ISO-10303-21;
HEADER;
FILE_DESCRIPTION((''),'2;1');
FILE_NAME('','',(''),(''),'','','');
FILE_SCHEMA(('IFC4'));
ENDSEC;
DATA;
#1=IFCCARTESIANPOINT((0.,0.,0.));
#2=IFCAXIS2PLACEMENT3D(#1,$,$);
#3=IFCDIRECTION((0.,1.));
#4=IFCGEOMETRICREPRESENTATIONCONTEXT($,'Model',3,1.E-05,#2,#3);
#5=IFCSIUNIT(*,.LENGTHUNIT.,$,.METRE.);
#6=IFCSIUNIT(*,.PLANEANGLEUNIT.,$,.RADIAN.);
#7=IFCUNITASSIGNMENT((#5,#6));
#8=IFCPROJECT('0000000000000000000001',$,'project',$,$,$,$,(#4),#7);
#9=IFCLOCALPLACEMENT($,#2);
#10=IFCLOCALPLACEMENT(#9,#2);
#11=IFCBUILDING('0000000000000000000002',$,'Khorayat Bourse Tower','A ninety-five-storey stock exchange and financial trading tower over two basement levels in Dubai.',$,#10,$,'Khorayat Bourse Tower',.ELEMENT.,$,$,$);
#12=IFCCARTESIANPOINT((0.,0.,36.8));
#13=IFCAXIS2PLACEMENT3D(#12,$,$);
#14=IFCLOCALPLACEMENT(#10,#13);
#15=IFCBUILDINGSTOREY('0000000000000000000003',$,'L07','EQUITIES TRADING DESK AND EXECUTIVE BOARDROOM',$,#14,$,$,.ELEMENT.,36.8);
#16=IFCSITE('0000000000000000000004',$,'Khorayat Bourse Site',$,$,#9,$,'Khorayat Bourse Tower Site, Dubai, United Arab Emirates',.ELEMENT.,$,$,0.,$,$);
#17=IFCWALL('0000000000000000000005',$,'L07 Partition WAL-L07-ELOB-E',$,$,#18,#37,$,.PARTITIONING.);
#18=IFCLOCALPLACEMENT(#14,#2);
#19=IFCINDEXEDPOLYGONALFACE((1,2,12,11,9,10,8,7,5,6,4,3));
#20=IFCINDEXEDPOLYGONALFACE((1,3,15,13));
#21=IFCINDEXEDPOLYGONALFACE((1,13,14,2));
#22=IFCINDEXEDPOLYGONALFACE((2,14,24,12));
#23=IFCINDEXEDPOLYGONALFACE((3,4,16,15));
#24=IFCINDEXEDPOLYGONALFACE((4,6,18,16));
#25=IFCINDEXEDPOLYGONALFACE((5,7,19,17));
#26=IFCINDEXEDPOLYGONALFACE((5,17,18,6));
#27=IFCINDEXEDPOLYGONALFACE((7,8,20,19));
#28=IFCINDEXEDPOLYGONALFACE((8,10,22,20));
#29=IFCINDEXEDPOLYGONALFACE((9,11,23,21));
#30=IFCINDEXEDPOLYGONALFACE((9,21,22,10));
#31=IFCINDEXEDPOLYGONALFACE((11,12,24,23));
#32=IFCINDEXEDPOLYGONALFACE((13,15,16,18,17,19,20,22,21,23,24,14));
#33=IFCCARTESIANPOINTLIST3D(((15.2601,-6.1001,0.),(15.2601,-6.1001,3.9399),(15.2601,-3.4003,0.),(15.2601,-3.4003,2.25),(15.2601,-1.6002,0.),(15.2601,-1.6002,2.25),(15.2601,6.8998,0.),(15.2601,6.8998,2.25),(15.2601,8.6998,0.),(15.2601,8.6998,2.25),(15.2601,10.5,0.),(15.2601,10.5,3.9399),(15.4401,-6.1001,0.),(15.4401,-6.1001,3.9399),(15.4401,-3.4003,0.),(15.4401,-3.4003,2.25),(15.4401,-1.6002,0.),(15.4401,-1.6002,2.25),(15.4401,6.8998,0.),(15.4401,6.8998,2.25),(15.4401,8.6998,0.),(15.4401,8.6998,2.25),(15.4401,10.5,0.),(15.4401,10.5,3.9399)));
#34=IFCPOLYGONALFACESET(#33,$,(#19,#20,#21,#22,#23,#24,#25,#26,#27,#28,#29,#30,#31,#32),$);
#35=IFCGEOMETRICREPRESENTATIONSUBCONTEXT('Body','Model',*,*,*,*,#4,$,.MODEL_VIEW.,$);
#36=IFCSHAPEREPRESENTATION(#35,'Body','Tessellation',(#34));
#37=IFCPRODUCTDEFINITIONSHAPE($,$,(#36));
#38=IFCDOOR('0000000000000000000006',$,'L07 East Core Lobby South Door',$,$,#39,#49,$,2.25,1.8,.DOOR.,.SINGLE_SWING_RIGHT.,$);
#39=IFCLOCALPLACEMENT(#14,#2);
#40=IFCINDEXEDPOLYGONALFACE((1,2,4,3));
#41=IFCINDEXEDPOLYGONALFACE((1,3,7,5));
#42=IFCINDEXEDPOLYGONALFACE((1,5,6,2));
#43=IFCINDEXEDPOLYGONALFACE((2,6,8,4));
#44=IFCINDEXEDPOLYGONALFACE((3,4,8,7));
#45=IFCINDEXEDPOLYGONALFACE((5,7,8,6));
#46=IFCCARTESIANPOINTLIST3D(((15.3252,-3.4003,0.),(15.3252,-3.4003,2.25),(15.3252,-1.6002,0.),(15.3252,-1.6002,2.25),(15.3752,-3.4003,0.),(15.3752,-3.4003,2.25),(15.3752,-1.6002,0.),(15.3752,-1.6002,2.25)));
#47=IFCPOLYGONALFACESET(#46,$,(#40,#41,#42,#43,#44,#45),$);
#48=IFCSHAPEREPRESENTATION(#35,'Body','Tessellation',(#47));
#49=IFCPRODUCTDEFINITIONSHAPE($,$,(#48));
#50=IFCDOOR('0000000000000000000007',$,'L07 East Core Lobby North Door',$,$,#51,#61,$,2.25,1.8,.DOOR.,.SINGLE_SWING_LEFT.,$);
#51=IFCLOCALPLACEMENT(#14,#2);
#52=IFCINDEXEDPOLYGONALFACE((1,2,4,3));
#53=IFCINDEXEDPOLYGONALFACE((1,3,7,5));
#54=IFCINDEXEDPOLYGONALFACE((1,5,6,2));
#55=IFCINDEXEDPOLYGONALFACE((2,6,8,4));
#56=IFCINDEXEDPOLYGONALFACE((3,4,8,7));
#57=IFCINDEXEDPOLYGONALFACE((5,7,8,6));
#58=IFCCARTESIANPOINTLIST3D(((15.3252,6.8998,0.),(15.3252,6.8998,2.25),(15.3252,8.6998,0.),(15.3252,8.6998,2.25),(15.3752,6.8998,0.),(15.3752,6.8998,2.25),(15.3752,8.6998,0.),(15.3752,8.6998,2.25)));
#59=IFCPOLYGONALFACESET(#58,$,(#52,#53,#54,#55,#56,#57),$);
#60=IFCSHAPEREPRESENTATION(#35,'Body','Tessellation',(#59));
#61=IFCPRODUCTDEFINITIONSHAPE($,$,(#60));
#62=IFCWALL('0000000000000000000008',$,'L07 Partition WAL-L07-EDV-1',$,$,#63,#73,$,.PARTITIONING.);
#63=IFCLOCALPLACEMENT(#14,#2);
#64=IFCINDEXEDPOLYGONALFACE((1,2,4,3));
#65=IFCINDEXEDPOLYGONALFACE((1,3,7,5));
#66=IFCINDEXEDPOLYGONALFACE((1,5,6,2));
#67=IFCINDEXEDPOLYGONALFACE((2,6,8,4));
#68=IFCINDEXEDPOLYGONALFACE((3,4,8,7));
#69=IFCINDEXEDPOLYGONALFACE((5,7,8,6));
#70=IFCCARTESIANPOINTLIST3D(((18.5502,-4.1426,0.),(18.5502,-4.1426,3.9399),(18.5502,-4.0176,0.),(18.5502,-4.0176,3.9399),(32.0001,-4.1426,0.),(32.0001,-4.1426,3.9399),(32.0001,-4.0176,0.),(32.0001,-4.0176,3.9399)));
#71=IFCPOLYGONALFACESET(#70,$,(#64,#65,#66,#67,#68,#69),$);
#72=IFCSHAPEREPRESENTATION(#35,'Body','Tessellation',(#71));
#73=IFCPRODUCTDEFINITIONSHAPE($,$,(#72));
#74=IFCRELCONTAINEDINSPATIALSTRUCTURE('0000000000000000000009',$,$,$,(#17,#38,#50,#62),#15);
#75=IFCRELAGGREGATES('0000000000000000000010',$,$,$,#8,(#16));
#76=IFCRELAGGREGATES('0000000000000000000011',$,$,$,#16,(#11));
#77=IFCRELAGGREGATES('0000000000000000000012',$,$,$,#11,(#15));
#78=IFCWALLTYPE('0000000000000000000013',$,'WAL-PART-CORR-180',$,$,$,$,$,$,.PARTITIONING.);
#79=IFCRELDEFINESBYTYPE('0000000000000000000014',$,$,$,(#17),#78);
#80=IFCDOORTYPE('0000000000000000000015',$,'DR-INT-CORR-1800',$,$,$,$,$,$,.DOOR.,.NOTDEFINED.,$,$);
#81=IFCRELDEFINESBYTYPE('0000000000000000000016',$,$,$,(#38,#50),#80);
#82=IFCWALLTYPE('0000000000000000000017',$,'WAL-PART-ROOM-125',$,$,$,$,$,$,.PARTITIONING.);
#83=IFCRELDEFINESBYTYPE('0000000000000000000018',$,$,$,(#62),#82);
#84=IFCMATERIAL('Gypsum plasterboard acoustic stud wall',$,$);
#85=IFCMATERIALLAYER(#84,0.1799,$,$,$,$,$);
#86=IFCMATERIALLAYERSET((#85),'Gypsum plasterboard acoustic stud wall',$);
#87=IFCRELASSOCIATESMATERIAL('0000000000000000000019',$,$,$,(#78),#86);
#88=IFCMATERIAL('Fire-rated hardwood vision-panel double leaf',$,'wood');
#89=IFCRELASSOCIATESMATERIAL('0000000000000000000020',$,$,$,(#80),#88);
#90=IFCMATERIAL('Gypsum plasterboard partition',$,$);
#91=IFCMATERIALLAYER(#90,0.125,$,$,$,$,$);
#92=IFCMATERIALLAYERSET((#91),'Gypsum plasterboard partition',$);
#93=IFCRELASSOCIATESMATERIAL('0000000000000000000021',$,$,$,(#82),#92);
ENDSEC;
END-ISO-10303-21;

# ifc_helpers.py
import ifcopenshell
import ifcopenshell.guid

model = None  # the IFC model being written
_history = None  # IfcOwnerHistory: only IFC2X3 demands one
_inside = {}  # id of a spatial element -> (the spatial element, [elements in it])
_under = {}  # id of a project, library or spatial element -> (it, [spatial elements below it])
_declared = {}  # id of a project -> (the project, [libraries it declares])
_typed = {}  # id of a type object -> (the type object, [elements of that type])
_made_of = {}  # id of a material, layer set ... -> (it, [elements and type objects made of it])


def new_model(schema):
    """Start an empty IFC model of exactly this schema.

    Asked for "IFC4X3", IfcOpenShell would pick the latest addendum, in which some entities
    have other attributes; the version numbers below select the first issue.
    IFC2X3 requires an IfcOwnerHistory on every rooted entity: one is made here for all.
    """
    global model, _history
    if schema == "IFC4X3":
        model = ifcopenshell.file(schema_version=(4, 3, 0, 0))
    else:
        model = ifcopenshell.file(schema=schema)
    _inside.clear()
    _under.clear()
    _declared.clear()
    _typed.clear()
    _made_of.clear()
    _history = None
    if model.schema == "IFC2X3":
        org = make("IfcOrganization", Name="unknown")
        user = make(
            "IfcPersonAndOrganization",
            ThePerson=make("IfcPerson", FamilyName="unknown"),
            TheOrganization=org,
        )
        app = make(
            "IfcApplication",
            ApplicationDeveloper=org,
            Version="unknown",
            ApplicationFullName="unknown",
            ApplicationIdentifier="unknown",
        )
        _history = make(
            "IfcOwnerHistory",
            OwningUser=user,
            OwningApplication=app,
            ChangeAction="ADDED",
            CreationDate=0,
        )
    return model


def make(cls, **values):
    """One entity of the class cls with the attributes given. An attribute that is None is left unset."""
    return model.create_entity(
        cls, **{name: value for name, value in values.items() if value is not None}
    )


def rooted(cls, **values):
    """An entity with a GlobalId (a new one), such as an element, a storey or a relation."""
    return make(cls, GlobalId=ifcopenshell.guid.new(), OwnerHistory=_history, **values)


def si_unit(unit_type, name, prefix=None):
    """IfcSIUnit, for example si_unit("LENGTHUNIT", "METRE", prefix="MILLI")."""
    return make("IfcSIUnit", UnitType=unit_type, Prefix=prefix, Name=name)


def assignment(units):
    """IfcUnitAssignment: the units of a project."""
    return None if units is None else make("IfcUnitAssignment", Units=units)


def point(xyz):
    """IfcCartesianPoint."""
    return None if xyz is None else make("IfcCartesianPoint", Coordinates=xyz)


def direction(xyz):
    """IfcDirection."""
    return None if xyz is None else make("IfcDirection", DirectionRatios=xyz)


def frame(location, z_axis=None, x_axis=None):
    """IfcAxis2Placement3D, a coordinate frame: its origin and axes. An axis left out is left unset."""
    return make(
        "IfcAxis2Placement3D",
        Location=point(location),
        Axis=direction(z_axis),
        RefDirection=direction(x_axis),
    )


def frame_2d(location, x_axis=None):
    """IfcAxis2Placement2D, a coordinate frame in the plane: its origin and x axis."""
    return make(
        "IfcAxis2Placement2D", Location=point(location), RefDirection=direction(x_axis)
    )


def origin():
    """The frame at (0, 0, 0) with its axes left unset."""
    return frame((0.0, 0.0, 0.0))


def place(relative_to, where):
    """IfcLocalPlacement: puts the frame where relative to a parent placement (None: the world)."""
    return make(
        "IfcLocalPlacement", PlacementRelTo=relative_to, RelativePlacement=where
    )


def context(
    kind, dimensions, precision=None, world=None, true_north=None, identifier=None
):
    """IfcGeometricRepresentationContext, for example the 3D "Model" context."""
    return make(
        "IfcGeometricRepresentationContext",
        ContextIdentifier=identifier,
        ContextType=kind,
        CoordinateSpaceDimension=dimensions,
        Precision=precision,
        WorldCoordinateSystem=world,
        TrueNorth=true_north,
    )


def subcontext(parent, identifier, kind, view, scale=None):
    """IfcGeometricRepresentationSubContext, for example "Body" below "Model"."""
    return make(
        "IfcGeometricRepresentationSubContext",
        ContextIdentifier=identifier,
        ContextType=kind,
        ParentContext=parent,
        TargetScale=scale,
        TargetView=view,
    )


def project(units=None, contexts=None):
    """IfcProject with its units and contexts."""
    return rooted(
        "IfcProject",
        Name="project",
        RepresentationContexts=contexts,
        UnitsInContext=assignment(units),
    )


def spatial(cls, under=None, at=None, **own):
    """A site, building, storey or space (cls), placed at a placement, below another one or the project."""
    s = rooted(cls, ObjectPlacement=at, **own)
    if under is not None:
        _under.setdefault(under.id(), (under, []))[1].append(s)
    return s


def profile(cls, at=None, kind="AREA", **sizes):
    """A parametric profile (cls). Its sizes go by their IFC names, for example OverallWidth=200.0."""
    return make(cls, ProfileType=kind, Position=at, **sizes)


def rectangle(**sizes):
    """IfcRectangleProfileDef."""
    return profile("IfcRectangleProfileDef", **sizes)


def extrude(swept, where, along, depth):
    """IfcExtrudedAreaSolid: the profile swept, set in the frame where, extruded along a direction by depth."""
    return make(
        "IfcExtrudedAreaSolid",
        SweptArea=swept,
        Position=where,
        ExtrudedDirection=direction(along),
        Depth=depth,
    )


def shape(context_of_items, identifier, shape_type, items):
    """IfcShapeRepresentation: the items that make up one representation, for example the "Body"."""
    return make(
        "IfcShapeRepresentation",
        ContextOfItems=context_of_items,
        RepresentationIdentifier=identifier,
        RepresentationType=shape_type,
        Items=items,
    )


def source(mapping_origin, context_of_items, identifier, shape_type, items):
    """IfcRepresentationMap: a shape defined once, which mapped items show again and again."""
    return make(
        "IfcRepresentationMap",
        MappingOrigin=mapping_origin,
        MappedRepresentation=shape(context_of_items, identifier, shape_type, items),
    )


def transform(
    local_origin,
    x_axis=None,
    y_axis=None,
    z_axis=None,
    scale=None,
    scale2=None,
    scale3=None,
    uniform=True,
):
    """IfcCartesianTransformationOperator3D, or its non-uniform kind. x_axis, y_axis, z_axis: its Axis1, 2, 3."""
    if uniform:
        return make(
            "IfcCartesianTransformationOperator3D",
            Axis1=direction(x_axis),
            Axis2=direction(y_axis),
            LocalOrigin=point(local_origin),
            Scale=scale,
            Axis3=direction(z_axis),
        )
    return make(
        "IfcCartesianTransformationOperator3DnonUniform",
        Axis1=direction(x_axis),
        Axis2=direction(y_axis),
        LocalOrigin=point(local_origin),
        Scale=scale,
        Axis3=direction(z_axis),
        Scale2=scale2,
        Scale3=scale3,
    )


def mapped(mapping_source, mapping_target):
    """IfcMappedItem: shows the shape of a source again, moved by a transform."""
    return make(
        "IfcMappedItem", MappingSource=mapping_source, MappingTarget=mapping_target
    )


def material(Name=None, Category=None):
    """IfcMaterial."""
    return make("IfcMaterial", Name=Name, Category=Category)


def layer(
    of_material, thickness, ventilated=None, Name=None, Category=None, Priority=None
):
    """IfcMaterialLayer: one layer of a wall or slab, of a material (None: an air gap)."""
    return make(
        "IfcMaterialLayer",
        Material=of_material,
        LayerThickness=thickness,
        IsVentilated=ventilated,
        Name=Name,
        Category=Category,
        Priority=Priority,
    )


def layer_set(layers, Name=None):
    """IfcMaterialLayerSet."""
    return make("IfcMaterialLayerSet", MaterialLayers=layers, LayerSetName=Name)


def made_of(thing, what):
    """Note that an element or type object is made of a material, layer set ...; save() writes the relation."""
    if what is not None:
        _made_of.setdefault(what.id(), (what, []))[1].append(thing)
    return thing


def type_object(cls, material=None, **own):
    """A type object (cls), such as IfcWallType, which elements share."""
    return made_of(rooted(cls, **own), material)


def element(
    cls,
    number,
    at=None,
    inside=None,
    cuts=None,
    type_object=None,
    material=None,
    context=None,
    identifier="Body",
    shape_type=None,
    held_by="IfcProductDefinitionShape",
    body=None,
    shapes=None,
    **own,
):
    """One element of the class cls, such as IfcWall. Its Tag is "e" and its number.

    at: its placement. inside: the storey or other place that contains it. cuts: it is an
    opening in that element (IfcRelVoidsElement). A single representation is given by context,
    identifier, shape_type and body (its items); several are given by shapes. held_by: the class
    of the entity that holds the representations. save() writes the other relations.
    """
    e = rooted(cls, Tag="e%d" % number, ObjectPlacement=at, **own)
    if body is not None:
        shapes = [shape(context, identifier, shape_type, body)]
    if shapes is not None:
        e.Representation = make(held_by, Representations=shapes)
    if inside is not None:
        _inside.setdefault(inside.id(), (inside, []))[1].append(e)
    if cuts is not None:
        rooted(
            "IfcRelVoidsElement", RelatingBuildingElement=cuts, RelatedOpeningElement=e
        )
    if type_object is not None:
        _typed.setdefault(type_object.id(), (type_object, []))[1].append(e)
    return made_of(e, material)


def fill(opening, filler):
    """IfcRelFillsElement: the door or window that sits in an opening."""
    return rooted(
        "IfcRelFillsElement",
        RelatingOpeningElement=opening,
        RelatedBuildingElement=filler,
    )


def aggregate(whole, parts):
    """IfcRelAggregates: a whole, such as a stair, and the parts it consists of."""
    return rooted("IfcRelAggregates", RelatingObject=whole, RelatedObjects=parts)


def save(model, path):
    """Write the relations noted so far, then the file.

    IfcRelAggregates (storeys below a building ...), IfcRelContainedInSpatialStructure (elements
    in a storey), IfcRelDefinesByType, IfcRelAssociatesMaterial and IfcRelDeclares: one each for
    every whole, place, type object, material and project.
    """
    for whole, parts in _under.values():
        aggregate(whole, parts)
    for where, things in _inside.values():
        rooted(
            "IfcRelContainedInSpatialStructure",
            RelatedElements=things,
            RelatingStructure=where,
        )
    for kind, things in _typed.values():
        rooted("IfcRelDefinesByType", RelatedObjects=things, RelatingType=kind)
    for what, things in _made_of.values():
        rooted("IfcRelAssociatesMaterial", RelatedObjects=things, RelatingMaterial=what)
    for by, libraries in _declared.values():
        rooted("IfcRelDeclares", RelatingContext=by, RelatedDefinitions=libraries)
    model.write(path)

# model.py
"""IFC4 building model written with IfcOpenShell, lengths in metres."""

from ifc_helpers import new_model, si_unit, direction, frame, frame_2d, origin, place, context, subcontext, project, spatial, rectangle, extrude, source, transform, mapped, material, layer, layer_set, type_object, element, fill, save


model = new_model("IFC4")

# Units and contexts
model_context = context("Model", 3, precision=1e-05, world=origin(), true_north=direction((0.0, 1.0)))
body_context = subcontext(model_context, "Body", "Model", "MODEL_VIEW")
ifc_project = project(units=[si_unit("LENGTHUNIT", "METRE"), si_unit("PLANEANGLEUNIT", "RADIAN")], contexts=[model_context])

# Site, building, storey
site_placement = place(None, origin())
site = spatial("IfcSite", under=ifc_project, at=site_placement, Name="Khorayat Bourse Site", LongName="Khorayat Bourse Tower Site, Dubai, United Arab Emirates", CompositionType="ELEMENT", RefElevation=0.0)
building_placement = place(site_placement, origin())
building = spatial("IfcBuilding", under=site, at=building_placement, Name="Khorayat Bourse Tower", Description="A ninety-five-storey stock exchange and financial trading tower over two basement levels in Dubai.", LongName="Khorayat Bourse Tower", CompositionType="ELEMENT")
storey_placement = place(building_placement, frame((0.0, 0.0, 36.8)))
storey = spatial("IfcBuildingStorey", under=building, at=storey_placement, Name="L07", Description="EQUITIES TRADING DESK AND EXECUTIVE BOARDROOM", CompositionType="ELEMENT", Elevation=36.8)

# Wall, openings, doors
ifc_material_1 = material(Name="Gypsum plasterboard acoustic stud wall")
ifc_layer_1 = layer(ifc_material_1, 0.1799)
ifc_layer_set_1 = layer_set([ifc_layer_1], Name="Gypsum plasterboard acoustic stud wall")
wall_type_1 = type_object("IfcWallType", Name="WAL-PART-CORR-180", PredefinedType="PARTITIONING", material=ifc_layer_set_1)
shared_shape_1 = source(origin(), body_context, "Body", "SweptSolid", [
    extrude(rectangle(XDim=16.6001, YDim=0.1799, at=frame_2d((8.3, 0.0))), origin(), (0.0, 0.0, 1.0), 3.9399),
])
wall_1_placement = place(storey_placement, frame((15.3501, -6.1001, 0.0), z_axis=(0.0, 0.0, 1.0), x_axis=(0.0, 1.0, 0.0)))
wall_1 = element("IfcWall", 1, at=wall_1_placement, inside=storey, type_object=wall_type_1, Name="L07 Partition WAL-L07-ELOB-E", PredefinedType="PARTITIONING", context=body_context, shape_type="MappedRepresentation", body=[
    mapped(shared_shape_1, transform((0.0, 0.0, 0.0), scale=1.0)),
])
shared_shape_2 = source(origin(), body_context, "Body", "SweptSolid", [
    extrude(rectangle(XDim=1.8, YDim=2.25, at=frame_2d((0.8999, 1.125))), frame((0.0, 0.0999, 0.0), z_axis=(0.0, -1.0, 0.0), x_axis=(1.0, 0.0, 0.0)), (0.0, 0.0, 1.0), 0.2),
])
opening_1_placement = place(wall_1_placement, frame((2.7, 0.0, 0.0)))
opening_1 = element("IfcOpeningElement", 2, at=opening_1_placement, cuts=wall_1, PredefinedType="OPENING", context=body_context, shape_type="MappedRepresentation", body=[
    mapped(shared_shape_2, transform((0.0, 0.0, 0.0), scale=1.0)),
])
opening_2_placement = place(wall_1_placement, frame((13.0, 0.0, 0.0)))
opening_2 = element("IfcOpeningElement", 3, at=opening_2_placement, cuts=wall_1, PredefinedType="OPENING", context=body_context, shape_type="MappedRepresentation", body=[
    mapped(shared_shape_2, transform((0.0, 0.0, 0.0), scale=1.0)),
])
ifc_material_2 = material(Name="Fire-rated hardwood vision-panel double leaf", Category="wood")
door_type_1 = type_object("IfcDoorType", Name="DR-INT-CORR-1800", OperationType="NOTDEFINED", PredefinedType="DOOR", material=ifc_material_2)
shared_shape_3 = source(origin(), body_context, "Body", "SweptSolid", [
    extrude(rectangle(XDim=1.8, YDim=2.25, at=frame_2d((0.8999, 1.125))), frame((0.0, 0.0249, 0.0), z_axis=(0.0, -1.0, 0.0), x_axis=(1.0, 0.0, 0.0)), (0.0, 0.0, 1.0), 0.05),
])
door_1_placement = place(opening_1_placement, origin())
door_1 = element("IfcDoor", 4, at=door_1_placement, inside=storey, type_object=door_type_1, Name="L07 East Core Lobby South Door", OperationType="SINGLE_SWING_RIGHT", OverallHeight=2.25, OverallWidth=1.8, PredefinedType="DOOR", context=body_context, shape_type="MappedRepresentation", body=[
    mapped(shared_shape_3, transform((0.0, 0.0, 0.0), scale=1.0)),
])
fill(opening_1, door_1)
door_2_placement = place(opening_2_placement, origin())
door_2 = element("IfcDoor", 5, at=door_2_placement, inside=storey, type_object=door_type_1, Name="L07 East Core Lobby North Door", OperationType="SINGLE_SWING_LEFT", OverallHeight=2.25, OverallWidth=1.8, PredefinedType="DOOR", context=body_context, shape_type="MappedRepresentation", body=[
    mapped(shared_shape_3, transform((0.0, 0.0, 0.0), scale=1.0)),
])
fill(opening_2, door_2)

# Wall
ifc_material_3 = material(Name="Gypsum plasterboard partition")
ifc_layer_2 = layer(ifc_material_3, 0.125)
ifc_layer_set_2 = layer_set([ifc_layer_2], Name="Gypsum plasterboard partition")
wall_type_2 = type_object("IfcWallType", Name="WAL-PART-ROOM-125", PredefinedType="PARTITIONING", material=ifc_layer_set_2)
shared_shape_4 = source(origin(), body_context, "Body", "SweptSolid", [
    extrude(rectangle(XDim=13.45, YDim=0.125, at=frame_2d((6.7251, 0.0))), origin(), (0.0, 0.0, 1.0), 3.9399),
])
wall_2_placement = place(storey_placement, frame((18.55, -4.0801, 0.0), z_axis=(0.0, 0.0, 1.0), x_axis=(1.0, 0.0, 0.0)))
element("IfcWall", 6, at=wall_2_placement, inside=storey, type_object=wall_type_2, Name="L07 Partition WAL-L07-EDV-1", PredefinedType="PARTITIONING", context=body_context, shape_type="MappedRepresentation", body=[
    mapped(shared_shape_4, transform((0.0, 0.0, 0.0), scale=1.0)),
])

save(model, "model.ifc")
